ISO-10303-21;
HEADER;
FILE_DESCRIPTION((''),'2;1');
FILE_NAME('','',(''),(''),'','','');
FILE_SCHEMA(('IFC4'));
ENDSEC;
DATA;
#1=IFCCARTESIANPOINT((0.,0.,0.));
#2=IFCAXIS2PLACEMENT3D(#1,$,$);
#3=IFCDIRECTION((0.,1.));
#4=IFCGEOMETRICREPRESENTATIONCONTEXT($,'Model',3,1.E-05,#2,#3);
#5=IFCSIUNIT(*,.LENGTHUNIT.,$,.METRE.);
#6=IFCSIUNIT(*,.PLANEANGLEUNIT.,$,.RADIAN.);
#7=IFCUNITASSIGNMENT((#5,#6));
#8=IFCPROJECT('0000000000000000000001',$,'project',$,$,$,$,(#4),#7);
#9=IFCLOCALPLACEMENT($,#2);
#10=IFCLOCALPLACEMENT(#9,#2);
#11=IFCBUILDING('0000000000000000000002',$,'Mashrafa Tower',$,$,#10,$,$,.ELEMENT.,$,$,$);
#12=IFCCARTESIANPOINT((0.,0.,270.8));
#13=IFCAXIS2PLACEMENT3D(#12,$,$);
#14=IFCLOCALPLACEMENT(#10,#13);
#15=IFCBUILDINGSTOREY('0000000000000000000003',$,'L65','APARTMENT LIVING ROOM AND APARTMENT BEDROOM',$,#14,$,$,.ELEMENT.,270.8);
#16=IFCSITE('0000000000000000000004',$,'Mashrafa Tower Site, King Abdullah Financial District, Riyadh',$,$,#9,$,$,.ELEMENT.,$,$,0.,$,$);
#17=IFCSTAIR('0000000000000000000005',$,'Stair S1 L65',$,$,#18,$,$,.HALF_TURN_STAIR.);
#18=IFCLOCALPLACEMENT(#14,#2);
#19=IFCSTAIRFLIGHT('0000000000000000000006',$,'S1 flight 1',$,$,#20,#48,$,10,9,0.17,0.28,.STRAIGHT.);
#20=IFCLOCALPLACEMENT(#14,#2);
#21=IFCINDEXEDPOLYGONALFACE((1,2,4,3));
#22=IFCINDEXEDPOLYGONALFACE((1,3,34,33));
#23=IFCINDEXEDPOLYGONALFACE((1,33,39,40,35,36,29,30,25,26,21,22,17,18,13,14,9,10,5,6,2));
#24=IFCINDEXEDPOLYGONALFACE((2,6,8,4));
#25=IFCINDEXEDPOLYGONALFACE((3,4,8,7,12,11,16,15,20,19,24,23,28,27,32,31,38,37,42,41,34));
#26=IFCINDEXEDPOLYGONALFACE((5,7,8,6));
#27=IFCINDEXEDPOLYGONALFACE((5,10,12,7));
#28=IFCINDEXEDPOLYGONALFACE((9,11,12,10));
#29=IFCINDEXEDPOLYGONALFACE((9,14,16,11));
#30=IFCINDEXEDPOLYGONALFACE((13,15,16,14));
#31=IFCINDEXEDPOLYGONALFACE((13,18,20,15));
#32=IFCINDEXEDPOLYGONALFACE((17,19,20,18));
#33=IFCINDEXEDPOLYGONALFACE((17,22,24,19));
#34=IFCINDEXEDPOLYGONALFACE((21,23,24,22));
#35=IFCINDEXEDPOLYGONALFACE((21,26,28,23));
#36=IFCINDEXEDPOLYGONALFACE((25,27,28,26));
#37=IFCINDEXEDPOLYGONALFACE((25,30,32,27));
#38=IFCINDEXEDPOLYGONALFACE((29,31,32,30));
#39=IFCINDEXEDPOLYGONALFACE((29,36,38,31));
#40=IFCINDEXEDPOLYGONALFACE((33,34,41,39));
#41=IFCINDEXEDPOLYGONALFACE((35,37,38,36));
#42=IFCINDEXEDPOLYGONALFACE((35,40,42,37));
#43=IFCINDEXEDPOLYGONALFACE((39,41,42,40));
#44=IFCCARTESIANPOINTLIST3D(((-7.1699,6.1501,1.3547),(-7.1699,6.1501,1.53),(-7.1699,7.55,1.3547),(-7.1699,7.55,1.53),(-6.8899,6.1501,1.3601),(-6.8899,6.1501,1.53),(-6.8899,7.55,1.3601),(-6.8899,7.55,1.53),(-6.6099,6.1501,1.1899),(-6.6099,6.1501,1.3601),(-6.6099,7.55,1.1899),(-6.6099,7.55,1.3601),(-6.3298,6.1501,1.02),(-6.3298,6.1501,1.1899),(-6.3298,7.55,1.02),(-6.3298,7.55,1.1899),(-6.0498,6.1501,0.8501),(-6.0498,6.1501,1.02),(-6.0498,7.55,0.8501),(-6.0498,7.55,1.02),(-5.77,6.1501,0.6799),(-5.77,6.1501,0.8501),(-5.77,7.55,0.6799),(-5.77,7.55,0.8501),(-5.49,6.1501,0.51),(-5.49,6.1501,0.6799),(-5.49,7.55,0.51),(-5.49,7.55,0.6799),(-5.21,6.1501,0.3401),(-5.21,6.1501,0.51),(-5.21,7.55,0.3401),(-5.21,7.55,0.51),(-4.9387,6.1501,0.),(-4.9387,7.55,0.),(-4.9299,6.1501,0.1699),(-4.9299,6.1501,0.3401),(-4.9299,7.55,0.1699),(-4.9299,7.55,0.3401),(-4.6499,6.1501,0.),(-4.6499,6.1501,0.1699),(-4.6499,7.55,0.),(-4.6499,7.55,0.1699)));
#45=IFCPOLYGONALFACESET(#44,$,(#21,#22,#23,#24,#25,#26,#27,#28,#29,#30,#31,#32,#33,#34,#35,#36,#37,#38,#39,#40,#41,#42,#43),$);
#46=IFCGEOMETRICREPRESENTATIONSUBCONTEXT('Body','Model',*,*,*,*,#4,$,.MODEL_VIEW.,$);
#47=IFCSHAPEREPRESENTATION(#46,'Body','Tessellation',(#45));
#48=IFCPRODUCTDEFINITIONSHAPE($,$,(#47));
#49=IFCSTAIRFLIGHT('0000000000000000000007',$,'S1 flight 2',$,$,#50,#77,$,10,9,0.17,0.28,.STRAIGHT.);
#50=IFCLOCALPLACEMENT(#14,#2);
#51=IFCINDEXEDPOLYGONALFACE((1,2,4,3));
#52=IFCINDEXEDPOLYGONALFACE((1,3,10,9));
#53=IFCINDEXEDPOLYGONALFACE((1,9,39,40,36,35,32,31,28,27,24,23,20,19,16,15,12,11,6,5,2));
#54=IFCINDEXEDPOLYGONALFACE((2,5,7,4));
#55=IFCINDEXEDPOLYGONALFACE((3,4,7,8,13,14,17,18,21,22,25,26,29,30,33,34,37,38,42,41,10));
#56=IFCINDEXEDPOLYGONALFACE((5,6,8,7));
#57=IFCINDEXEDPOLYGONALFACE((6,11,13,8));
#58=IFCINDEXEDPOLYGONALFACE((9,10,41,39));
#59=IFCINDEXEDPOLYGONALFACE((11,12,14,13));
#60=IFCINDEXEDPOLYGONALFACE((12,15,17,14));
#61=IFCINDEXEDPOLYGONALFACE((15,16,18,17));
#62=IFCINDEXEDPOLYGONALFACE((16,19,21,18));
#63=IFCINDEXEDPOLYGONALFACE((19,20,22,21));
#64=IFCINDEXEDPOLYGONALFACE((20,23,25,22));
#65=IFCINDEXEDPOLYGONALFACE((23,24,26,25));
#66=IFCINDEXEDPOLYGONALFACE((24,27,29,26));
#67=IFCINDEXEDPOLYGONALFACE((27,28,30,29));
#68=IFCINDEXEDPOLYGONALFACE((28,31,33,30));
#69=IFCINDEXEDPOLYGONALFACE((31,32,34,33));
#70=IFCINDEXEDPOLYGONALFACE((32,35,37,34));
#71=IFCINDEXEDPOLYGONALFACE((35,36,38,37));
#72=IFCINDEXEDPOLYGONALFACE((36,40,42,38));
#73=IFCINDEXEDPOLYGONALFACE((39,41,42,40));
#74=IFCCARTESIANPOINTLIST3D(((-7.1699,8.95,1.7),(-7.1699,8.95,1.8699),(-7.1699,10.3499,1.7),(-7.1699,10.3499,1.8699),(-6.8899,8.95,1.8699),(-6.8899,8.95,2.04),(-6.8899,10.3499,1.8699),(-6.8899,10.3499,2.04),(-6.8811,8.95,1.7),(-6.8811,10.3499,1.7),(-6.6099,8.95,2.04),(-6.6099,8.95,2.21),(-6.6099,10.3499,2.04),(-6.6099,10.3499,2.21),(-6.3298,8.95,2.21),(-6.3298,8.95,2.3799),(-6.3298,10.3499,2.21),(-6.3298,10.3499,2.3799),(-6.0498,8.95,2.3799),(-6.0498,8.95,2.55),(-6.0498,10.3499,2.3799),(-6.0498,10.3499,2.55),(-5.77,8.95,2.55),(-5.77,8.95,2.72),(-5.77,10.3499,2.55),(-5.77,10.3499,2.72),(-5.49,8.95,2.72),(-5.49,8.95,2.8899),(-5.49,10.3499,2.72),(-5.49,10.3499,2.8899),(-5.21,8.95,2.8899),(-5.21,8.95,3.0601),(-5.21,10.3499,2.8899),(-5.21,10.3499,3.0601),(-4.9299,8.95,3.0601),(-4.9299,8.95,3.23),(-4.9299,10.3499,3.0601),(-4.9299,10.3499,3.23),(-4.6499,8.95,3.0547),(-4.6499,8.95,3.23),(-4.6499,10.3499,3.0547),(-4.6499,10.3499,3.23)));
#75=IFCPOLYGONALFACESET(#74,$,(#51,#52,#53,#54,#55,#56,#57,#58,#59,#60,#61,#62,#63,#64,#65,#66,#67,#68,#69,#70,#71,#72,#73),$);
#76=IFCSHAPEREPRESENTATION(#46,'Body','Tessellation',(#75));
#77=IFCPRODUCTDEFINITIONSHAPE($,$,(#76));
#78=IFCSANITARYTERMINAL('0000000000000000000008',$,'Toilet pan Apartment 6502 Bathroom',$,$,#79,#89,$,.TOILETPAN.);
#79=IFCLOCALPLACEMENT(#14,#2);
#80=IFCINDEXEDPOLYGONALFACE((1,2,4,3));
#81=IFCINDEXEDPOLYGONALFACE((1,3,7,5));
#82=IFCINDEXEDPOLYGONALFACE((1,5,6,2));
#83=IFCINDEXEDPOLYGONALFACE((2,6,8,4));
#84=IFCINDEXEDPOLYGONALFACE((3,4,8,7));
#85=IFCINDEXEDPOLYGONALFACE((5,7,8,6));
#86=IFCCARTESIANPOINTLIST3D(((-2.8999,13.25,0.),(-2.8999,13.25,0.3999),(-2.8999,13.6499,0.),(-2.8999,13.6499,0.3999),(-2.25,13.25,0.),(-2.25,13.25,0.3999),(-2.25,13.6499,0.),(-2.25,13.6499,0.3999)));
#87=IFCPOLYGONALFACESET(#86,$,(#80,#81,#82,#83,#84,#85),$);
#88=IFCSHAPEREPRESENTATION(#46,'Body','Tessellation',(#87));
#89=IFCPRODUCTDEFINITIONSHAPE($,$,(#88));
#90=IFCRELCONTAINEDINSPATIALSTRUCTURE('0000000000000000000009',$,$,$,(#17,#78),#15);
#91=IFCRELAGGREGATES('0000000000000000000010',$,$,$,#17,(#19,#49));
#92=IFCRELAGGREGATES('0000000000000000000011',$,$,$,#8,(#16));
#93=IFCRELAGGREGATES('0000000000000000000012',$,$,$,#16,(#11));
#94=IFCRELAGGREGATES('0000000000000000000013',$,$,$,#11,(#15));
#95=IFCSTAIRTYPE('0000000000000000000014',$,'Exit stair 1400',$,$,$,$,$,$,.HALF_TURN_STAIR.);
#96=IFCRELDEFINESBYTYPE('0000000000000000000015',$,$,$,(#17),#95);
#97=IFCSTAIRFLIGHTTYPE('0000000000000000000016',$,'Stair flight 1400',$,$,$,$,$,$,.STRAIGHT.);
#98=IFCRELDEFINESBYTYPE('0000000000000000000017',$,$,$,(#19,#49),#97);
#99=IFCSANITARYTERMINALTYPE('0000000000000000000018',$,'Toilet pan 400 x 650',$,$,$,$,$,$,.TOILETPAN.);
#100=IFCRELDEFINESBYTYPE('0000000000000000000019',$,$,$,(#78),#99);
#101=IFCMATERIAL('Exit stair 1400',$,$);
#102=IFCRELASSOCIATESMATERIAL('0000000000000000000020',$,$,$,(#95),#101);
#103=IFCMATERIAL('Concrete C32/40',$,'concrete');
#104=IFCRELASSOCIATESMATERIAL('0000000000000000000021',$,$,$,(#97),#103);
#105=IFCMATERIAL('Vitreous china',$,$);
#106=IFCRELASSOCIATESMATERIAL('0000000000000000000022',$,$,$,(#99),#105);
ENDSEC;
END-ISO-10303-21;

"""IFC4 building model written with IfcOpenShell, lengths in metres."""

from ifc_helpers import new_model, si_unit, direction, frame, origin, origin_2d, place, context, subcontext, project, spatial, polyline, rectangle, outline, extrude, material, type_object, element, aggregate, save


model = new_model("IFC4")

# Units and contexts
model_context = context("Model", 3, precision=1e-05, world=origin(), true_north=direction((0.0, 1.0)))
body_context = subcontext(model_context, "Body", "Model", "MODEL_VIEW")
ifc_project = project(units=[si_unit("LENGTHUNIT", "METRE"), si_unit("PLANEANGLEUNIT", "RADIAN")], contexts=[model_context])

# Site, building, storey
site_placement = place(None, origin())
site = spatial("IfcSite", under=ifc_project, at=site_placement, Name="Mashrafa Tower Site, King Abdullah Financial District, Riyadh", CompositionType="ELEMENT", RefElevation=0.0)
building_placement = place(site_placement, origin())
building = spatial("IfcBuilding", under=site, at=building_placement, Name="Mashrafa Tower", CompositionType="ELEMENT")
storey_placement = place(building_placement, frame((0.0, 0.0, 270.8)))
storey = spatial("IfcBuildingStorey", under=building, at=storey_placement, Name="L65", Description="APARTMENT LIVING ROOM AND APARTMENT BEDROOM", CompositionType="ELEMENT", Elevation=270.8)

# Stair, stair flights
ifc_material_1 = material(Name="Exit stair 1400")
stair_type = type_object("IfcStairType", Name="Exit stair 1400", PredefinedType="HALF_TURN_STAIR", material=ifc_material_1)
stair_placement = place(storey_placement, origin())
stair = element("IfcStair", 1, at=stair_placement, inside=storey, type_object=stair_type, Name="Stair S1 L65", PredefinedType="HALF_TURN_STAIR")
ifc_material_2 = material(Name="Concrete C32/40", Category="concrete")
stair_flight_type = type_object("IfcStairFlightType", Name="Stair flight 1400", PredefinedType="STRAIGHT", material=ifc_material_2)
stair_flight_1_placement = place(storey_placement, frame((-4.6499, 6.8501, 0.0), z_axis=(0.0, 0.0, 1.0), x_axis=(-1.0, 0.0, 0.0)))
stair_flight_1 = element("IfcStairFlight", 2, at=stair_flight_1_placement, type_object=stair_flight_type, Name="S1 flight 1", NumberOfRisers=10, NumberOfTreads=9, PredefinedType="STRAIGHT", RiserHeight=0.17, TreadLength=0.28, context=body_context, shape_type="SweptSolid", body=[
    extrude(outline(polyline([(0.0, 0.0), (0.0, 0.1699), (0.28, 0.1699), (0.28, 0.3401), (0.5601, 0.3401), (0.5601, 0.51), (0.8401, 0.51), (0.8401, 0.6799), (1.1201, 0.6799), (1.1201, 0.8501), (1.3999, 0.8501), (1.3999, 1.02), (1.6799, 1.02), (1.6799, 1.1899), (1.96, 1.1899), (1.96, 1.3601), (2.24, 1.3601), (2.24, 1.53), (2.52, 1.53), (2.52, 1.7), (2.52, 1.3547), (0.2888, 0.0), (0.0, 0.0)])), frame((0.0, 0.7, 0.0), z_axis=(0.0, -1.0, 0.0), x_axis=(1.0, 0.0, 0.0)), (0.0, 0.0, 1.0), 1.3999),
])
stair_flight_2_placement = place(storey_placement, frame((-7.1699, 9.6499, 1.7), z_axis=(0.0, 0.0, 1.0), x_axis=(1.0, 0.0, 0.0)))
stair_flight_2 = element("IfcStairFlight", 3, at=stair_flight_2_placement, type_object=stair_flight_type, Name="S1 flight 2", NumberOfRisers=10, NumberOfTreads=9, PredefinedType="STRAIGHT", RiserHeight=0.17, TreadLength=0.28, context=body_context, shape_type="SweptSolid", body=[
    extrude(outline(polyline([(0.0, 0.0), (0.0, 0.1699), (0.28, 0.1699), (0.28, 0.3401), (0.5601, 0.3401), (0.5601, 0.51), (0.8401, 0.51), (0.8401, 0.6799), (1.1201, 0.6799), (1.1201, 0.8501), (1.3999, 0.8501), (1.3999, 1.02), (1.6799, 1.02), (1.6799, 1.1899), (1.96, 1.1899), (1.96, 1.3601), (2.24, 1.3601), (2.24, 1.53), (2.52, 1.53), (2.52, 1.7), (2.52, 1.3547), (0.2888, 0.0), (0.0, 0.0)])), frame((0.0, 0.7, 0.0), z_axis=(0.0, -1.0, 0.0), x_axis=(1.0, 0.0, 0.0)), (0.0, 0.0, 1.0), 1.3999),
])
aggregate(stair, [stair_flight_1, stair_flight_2])

# Sanitary terminal
ifc_material_3 = material(Name="Vitreous china")
sanitary_terminal_type = type_object("IfcSanitaryTerminalType", Name="Toilet pan 400 x 650", PredefinedType="TOILETPAN", material=ifc_material_3)
sanitary_terminal_placement = place(storey_placement, frame((-2.575, 13.45, 0.0), z_axis=(0.0, 0.0, 1.0), x_axis=(0.0, 1.0, 0.0)))
element("IfcSanitaryTerminal", 4, at=sanitary_terminal_placement, inside=storey, type_object=sanitary_terminal_type, Name="Toilet pan Apartment 6502 Bathroom", PredefinedType="TOILETPAN", context=body_context, shape_type="SweptSolid", body=[
    extrude(rectangle(XDim=0.3999, YDim=0.6499, at=origin_2d()), origin(), (0.0, 0.0, 1.0), 0.3999),
])

save(model, "model.ifc")
